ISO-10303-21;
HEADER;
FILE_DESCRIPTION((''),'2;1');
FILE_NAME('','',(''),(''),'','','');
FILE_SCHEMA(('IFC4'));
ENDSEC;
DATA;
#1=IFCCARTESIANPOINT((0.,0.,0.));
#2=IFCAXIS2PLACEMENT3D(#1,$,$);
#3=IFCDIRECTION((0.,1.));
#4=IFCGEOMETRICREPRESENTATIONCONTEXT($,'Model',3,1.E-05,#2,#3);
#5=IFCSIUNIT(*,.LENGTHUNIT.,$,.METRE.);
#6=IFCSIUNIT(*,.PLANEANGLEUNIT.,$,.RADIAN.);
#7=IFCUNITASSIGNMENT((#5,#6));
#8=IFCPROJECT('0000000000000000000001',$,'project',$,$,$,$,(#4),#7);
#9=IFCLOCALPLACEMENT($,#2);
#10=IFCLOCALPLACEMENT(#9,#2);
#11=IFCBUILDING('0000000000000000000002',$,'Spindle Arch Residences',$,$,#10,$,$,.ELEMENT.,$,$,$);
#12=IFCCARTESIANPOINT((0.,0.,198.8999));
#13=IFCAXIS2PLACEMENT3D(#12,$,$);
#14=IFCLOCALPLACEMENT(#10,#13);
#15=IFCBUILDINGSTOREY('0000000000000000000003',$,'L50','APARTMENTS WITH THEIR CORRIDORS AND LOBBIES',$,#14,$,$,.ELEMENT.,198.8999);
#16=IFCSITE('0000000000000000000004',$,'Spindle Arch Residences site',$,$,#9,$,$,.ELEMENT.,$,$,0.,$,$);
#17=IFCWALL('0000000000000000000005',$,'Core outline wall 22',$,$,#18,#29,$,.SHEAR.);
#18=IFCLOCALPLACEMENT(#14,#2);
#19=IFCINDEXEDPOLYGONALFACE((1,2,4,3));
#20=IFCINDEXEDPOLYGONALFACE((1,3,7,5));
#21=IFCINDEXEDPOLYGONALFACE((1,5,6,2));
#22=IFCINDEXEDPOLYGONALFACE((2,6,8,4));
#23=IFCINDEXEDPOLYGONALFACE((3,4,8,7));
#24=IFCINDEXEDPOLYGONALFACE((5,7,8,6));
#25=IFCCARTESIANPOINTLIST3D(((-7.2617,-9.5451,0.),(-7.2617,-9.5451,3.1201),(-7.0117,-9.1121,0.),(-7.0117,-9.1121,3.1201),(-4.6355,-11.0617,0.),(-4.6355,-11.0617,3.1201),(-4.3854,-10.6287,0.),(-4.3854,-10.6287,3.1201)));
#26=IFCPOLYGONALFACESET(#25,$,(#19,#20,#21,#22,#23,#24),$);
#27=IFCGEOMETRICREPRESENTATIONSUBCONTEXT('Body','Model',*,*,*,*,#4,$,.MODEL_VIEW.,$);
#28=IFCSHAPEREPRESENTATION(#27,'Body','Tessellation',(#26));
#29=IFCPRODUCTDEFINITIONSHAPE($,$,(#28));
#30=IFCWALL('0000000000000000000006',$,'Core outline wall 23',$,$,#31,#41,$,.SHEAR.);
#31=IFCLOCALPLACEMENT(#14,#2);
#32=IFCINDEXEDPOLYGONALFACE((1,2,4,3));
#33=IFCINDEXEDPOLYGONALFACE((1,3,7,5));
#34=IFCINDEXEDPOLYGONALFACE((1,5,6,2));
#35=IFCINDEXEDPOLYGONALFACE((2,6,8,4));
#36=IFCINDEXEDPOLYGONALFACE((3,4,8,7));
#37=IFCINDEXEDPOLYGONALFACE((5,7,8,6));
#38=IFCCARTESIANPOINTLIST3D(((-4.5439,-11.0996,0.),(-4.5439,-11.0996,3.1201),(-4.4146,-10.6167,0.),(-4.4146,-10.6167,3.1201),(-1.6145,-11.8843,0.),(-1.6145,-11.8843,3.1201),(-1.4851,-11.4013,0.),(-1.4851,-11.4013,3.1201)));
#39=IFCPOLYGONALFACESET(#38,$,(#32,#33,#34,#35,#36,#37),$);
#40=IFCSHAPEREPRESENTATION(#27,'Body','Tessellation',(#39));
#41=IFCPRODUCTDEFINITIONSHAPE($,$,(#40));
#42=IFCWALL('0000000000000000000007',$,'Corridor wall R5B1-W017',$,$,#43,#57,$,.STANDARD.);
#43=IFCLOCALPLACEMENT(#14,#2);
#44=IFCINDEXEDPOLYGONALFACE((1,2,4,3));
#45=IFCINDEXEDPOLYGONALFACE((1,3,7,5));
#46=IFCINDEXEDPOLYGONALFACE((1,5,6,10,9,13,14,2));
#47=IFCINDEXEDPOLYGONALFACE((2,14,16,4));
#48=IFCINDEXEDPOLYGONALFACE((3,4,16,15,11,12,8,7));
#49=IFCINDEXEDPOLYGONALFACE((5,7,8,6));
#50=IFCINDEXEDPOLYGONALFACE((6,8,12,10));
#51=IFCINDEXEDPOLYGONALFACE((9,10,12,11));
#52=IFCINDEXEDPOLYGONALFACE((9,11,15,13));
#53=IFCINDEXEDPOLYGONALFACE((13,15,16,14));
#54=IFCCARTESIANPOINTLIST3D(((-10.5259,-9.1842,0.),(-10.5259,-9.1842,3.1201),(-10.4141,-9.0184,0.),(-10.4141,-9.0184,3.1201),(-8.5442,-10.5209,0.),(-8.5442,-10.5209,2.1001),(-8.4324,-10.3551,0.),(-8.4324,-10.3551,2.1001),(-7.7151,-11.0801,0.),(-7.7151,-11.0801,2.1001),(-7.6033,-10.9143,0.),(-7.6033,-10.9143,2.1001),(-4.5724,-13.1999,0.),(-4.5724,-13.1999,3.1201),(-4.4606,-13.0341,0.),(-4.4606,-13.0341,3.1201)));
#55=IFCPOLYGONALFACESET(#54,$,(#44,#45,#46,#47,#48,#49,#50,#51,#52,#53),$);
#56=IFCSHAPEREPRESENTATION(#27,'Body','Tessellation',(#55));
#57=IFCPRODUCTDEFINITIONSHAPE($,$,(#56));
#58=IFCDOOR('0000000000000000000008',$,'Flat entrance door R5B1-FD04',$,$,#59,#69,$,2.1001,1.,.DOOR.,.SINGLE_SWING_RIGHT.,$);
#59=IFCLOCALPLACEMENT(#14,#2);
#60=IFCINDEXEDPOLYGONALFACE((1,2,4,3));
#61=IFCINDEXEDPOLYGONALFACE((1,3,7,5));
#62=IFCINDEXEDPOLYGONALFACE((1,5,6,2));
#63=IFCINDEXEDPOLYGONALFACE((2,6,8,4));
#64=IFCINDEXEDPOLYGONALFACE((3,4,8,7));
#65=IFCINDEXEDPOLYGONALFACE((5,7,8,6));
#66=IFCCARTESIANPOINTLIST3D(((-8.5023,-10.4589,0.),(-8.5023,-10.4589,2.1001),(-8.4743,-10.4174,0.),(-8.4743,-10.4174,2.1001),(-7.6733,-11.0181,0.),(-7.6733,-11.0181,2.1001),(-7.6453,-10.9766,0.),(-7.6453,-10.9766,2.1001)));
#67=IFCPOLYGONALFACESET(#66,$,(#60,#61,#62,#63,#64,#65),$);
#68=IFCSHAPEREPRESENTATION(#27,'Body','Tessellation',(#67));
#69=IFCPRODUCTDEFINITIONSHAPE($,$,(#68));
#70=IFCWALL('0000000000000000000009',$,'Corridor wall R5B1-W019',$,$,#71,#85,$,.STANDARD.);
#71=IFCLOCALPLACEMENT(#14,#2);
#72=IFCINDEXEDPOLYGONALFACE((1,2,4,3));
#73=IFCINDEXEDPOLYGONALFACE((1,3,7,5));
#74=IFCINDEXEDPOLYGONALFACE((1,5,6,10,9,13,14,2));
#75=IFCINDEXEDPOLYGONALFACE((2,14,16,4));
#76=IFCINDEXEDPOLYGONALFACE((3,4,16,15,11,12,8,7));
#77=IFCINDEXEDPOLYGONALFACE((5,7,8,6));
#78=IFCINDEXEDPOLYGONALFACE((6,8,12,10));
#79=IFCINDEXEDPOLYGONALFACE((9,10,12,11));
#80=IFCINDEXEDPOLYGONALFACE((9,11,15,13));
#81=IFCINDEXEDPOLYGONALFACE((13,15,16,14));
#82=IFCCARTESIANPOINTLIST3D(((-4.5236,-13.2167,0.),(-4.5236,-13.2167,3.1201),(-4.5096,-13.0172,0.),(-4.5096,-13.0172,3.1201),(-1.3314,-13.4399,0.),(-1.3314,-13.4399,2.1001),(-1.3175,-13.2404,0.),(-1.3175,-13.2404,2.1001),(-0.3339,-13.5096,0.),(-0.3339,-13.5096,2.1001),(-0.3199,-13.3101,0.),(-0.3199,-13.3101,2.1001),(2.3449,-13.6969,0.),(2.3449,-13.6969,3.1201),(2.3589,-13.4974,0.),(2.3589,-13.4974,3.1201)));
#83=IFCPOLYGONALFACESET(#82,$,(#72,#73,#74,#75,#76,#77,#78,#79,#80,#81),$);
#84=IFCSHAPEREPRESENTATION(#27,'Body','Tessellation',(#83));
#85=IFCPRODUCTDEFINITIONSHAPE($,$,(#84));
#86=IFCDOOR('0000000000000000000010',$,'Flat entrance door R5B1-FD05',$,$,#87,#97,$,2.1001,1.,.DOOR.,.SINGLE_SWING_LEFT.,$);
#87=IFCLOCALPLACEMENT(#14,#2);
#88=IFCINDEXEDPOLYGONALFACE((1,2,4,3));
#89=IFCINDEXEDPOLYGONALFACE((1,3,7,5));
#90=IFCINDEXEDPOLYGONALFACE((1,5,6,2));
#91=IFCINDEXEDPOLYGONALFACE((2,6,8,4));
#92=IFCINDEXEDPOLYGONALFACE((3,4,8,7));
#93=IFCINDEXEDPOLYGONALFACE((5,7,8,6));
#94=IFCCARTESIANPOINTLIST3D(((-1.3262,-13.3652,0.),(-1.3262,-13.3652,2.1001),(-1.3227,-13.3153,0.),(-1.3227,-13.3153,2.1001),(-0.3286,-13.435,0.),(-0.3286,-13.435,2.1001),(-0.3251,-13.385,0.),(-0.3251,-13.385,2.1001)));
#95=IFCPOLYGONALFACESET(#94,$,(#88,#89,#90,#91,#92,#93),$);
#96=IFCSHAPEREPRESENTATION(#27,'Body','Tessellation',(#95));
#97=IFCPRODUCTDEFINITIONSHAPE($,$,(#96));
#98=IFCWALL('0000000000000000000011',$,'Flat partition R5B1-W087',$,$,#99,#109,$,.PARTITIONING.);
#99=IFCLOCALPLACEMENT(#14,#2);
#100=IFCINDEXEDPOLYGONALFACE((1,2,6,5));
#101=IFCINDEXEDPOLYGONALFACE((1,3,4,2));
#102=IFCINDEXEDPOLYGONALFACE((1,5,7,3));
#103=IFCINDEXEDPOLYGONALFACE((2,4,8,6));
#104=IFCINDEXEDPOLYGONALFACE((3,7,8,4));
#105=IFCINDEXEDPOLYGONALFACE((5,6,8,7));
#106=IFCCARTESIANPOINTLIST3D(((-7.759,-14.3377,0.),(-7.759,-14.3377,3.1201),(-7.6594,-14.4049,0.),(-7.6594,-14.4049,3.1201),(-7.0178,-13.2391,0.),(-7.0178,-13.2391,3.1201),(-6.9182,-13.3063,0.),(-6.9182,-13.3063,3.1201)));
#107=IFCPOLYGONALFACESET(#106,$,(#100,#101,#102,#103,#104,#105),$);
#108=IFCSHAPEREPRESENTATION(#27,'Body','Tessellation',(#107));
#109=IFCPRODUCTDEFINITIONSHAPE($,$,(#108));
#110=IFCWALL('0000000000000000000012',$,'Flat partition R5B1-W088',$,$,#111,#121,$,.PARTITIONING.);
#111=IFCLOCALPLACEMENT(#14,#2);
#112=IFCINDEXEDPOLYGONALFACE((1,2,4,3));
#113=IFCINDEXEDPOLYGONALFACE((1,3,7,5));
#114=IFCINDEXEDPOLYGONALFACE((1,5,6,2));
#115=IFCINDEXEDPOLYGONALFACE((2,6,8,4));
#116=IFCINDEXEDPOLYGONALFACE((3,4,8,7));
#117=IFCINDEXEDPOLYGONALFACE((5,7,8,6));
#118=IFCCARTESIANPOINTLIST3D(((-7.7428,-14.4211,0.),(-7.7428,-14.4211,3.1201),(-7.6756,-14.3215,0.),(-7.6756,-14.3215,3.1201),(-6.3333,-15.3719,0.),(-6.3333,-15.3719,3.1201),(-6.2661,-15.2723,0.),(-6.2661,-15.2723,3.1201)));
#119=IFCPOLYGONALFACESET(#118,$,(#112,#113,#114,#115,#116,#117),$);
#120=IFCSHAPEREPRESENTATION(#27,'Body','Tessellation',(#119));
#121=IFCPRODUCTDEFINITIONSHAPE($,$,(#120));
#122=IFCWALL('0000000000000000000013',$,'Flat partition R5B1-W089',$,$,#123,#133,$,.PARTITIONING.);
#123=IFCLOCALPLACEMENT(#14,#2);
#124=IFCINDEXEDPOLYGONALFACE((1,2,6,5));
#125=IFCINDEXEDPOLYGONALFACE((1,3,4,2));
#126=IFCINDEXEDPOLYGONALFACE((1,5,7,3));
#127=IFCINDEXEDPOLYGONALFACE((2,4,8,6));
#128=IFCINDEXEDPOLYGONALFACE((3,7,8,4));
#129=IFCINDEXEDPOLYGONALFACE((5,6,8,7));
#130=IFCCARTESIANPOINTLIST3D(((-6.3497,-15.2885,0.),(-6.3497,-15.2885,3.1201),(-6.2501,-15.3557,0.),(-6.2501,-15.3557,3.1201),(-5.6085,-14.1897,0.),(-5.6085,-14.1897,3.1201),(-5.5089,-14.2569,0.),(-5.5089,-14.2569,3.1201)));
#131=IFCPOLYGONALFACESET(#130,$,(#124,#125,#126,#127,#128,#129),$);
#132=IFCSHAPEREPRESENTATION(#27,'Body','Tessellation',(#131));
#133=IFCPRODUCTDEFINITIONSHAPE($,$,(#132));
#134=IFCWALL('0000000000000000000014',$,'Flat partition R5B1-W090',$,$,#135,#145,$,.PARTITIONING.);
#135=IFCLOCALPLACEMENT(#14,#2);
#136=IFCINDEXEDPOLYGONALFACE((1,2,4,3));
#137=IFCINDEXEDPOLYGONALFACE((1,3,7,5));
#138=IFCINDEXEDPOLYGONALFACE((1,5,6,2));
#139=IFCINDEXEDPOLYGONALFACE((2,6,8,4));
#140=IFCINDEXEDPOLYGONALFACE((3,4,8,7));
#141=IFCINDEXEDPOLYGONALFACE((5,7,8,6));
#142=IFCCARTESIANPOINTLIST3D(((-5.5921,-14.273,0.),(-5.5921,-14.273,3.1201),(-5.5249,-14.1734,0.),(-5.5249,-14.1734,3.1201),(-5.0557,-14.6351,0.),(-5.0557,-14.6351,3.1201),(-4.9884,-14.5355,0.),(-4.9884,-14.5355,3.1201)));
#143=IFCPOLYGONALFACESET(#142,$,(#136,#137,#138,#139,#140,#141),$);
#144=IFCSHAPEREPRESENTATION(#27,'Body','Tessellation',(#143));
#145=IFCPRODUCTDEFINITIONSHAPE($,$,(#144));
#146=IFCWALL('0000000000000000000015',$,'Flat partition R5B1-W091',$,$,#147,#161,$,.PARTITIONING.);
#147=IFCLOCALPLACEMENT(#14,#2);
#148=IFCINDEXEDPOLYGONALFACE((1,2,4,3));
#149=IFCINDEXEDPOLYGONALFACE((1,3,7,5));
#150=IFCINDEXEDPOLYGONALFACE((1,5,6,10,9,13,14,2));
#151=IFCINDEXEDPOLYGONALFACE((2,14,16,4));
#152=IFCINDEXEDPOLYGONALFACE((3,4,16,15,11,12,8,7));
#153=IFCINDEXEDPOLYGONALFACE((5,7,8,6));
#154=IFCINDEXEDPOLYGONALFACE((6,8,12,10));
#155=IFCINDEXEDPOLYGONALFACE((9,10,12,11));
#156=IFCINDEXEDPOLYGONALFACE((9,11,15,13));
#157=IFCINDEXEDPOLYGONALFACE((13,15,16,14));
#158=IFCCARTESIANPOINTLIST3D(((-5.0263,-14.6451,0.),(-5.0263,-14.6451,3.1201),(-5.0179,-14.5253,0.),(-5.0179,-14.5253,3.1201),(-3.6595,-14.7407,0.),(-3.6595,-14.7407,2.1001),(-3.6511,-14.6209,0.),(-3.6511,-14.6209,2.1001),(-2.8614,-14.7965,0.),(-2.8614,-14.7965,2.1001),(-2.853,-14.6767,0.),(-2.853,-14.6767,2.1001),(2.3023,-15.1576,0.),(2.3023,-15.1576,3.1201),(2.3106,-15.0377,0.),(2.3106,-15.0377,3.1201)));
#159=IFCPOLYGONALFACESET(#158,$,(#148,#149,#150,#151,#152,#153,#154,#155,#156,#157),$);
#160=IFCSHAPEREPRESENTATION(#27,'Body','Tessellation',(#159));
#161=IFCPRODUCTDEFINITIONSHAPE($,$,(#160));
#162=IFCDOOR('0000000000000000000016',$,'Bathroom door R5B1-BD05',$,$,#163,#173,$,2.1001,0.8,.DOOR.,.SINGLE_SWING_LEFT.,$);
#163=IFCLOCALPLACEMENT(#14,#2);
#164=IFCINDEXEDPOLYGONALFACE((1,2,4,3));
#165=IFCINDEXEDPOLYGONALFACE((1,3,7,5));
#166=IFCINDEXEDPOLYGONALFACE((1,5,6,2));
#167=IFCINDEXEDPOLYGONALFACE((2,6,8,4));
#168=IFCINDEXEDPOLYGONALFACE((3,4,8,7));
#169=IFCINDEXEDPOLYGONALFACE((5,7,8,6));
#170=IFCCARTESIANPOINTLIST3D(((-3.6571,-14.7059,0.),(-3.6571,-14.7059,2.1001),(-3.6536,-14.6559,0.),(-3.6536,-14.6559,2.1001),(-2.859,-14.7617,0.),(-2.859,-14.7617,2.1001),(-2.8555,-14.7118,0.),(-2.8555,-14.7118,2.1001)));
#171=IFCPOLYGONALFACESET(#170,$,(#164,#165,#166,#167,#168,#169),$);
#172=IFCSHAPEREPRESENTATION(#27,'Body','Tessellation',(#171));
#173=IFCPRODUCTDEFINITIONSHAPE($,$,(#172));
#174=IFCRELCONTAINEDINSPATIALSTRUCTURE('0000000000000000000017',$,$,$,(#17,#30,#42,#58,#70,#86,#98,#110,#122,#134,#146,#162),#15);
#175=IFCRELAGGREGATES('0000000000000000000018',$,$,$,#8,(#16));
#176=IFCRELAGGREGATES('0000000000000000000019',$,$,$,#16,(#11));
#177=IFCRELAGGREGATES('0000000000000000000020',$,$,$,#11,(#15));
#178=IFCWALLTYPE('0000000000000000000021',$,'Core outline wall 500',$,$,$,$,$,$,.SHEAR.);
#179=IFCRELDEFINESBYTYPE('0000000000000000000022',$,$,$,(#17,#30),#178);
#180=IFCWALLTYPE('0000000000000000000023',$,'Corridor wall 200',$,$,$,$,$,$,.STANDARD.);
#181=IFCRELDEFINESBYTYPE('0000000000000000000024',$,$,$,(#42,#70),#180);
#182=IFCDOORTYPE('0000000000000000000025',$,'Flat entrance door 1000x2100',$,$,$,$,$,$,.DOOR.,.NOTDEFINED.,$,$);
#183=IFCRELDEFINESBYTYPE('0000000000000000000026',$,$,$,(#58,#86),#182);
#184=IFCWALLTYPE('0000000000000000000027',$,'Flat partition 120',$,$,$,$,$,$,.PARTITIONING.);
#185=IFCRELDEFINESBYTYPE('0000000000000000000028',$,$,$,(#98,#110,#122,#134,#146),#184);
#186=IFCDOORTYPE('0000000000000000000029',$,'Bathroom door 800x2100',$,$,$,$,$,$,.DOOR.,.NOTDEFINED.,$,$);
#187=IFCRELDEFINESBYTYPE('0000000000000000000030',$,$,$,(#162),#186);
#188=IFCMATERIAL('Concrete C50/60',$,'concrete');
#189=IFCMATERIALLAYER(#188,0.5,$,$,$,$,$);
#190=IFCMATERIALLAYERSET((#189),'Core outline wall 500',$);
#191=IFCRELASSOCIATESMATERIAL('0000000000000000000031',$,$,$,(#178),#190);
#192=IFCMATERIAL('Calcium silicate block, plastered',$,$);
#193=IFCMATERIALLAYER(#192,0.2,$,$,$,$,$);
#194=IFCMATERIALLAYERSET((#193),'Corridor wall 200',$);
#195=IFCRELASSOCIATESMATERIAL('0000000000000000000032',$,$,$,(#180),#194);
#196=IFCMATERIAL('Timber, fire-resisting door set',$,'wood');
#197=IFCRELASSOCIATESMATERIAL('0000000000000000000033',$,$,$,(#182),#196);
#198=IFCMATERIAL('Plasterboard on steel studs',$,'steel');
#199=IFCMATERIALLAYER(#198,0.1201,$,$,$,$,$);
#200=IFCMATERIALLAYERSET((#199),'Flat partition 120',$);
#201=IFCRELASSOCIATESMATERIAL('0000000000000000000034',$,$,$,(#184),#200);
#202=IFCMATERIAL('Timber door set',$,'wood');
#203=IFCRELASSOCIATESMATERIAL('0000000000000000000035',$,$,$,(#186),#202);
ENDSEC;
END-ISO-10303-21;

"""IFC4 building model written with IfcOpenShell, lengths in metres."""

from ifc_helpers import new_model, si_unit, direction, frame, frame_2d, origin, place, context, subcontext, project, spatial, rectangle, extrude, material, layer, layer_set, type_object, element, fill, save


model = new_model("IFC4")

# Units and contexts
model_context = context("Model", 3, precision=1e-05, world=origin(), true_north=direction((0.0, 1.0)))
body_context = subcontext(model_context, "Body", "Model", "MODEL_VIEW")
ifc_project = project(units=[si_unit("LENGTHUNIT", "METRE"), si_unit("PLANEANGLEUNIT", "RADIAN")], contexts=[model_context])

# Site, building, storey
site_placement = place(None, origin())
site = spatial("IfcSite", under=ifc_project, at=site_placement, Name="Spindle Arch Residences site", CompositionType="ELEMENT", RefElevation=0.0)
building_placement = place(site_placement, origin())
building = spatial("IfcBuilding", under=site, at=building_placement, Name="Spindle Arch Residences", CompositionType="ELEMENT")
storey_placement = place(building_placement, frame((0.0, 0.0, 198.8999)))
storey = spatial("IfcBuildingStorey", under=building, at=storey_placement, Name="L50", Description="APARTMENTS WITH THEIR CORRIDORS AND LOBBIES", CompositionType="ELEMENT", Elevation=198.8999)

# Walls
ifc_material_1 = material(Name="Concrete C50/60", Category="concrete")
ifc_layer_1 = layer(ifc_material_1, 0.5)
ifc_layer_set_1 = layer_set([ifc_layer_1], Name="Core outline wall 500")
wall_type_1 = type_object("IfcWallType", Name="Core outline wall 500", PredefinedType="SHEAR", material=ifc_layer_set_1)
for number, where, z_axis, x_axis, name in (
    (1, (-7.1367, -9.3286, 0.0), (0.0, 0.0, 1.0), (0.865975, -0.500087, 0.0), "Core outline wall 22"),
    (2, (-4.4792, -10.8582, 0.0), (0.0, 0.0, 1.0), (0.965948, -0.258735, 0.0), "Core outline wall 23"),
):
    element("IfcWall", number, at=place(storey_placement, frame(where, z_axis=z_axis, x_axis=x_axis)), inside=storey, type_object=wall_type_1, Name=name, PredefinedType="SHEAR", context=body_context, shape_type="SweptSolid", body=[
        extrude(rectangle(XDim=3.0327, YDim=0.5, at=frame_2d((1.5164, 0.0))), origin(), (0.0, 0.0, 1.0), 3.1201),
    ])

# Walls, openings, doors
ifc_material_2 = material(Name="Calcium silicate block, plastered")
ifc_layer_2 = layer(ifc_material_2, 0.2)
ifc_layer_set_2 = layer_set([ifc_layer_2], Name="Corridor wall 200")
wall_type_2 = type_object("IfcWallType", Name="Corridor wall 200", PredefinedType="STANDARD", material=ifc_layer_set_2)
wall_1_placement = place(storey_placement, frame((-10.47, -9.1013, 0.0), z_axis=(0.0, 0.0, 1.0), x_axis=(0.829036, -0.559195, 0.0)))
wall_1 = element("IfcWall", 3, at=wall_1_placement, inside=storey, type_object=wall_type_2, Name="Corridor wall R5B1-W017", PredefinedType="STANDARD", context=body_context, shape_type="SweptSolid", body=[
    extrude(rectangle(XDim=7.1812, YDim=0.2, at=frame_2d((3.5906, 0.0))), origin(), (0.0, 0.0, 1.0), 3.1201),
])
opening_1_placement = place(wall_1_placement, frame((2.3904, 0.0, 0.0)))
opening_1 = element("IfcOpeningElement", 4, at=opening_1_placement, cuts=wall_1, PredefinedType="OPENING", context=body_context, shape_type="SweptSolid", body=[
    extrude(rectangle(XDim=1.0, YDim=2.1001, at=frame_2d((0.5, 1.05))), frame((0.0, 0.1099, 0.0), z_axis=(0.0, -1.0, 0.0), x_axis=(1.0, 0.0, 0.0)), (0.0, 0.0, 1.0), 0.22),
])
ifc_material_3 = material(Name="Timber, fire-resisting door set", Category="wood")
door_type_1 = type_object("IfcDoorType", Name="Flat entrance door 1000x2100", OperationType="NOTDEFINED", PredefinedType="DOOR", material=ifc_material_3)
door_1_placement = place(opening_1_placement, origin())
door_1 = element("IfcDoor", 5, at=door_1_placement, inside=storey, type_object=door_type_1, Name="Flat entrance door R5B1-FD04", OperationType="SINGLE_SWING_RIGHT", OverallHeight=2.1001, OverallWidth=1.0, PredefinedType="DOOR", context=body_context, shape_type="SweptSolid", body=[
    extrude(rectangle(XDim=1.0, YDim=2.1001, at=frame_2d((0.5, 1.05))), frame((0.0, 0.0249, 0.0), z_axis=(0.0, -1.0, 0.0), x_axis=(1.0, 0.0, 0.0)), (0.0, 0.0, 1.0), 0.05),
])
fill(opening_1, door_1)
wall_2_placement = place(storey_placement, frame((-4.5166, -13.1169, 0.0), z_axis=(0.0, 0.0, 1.0), x_axis=(0.997565, -0.069748, 0.0)))
wall_2 = element("IfcWall", 6, at=wall_2_placement, inside=storey, type_object=wall_type_2, Name="Corridor wall R5B1-W019", PredefinedType="STANDARD", context=body_context, shape_type="SweptSolid", body=[
    extrude(rectangle(XDim=6.8853, YDim=0.2, at=frame_2d((3.4426, 0.0))), origin(), (0.0, 0.0, 1.0), 3.1201),
])
opening_2_placement = place(wall_2_placement, frame((3.2, 0.0, 0.0)))
opening_2 = element("IfcOpeningElement", 7, at=opening_2_placement, cuts=wall_2, PredefinedType="OPENING", context=body_context, shape_type="SweptSolid", body=[
    extrude(rectangle(XDim=1.0, YDim=2.1001, at=frame_2d((0.5, 1.05))), frame((0.0, 0.1099, 0.0), z_axis=(0.0, -1.0, 0.0), x_axis=(1.0, 0.0, 0.0)), (0.0, 0.0, 1.0), 0.22),
])
door_2_placement = place(opening_2_placement, origin())
door_2 = element("IfcDoor", 8, at=door_2_placement, inside=storey, type_object=door_type_1, Name="Flat entrance door R5B1-FD05", OperationType="SINGLE_SWING_LEFT", OverallHeight=2.1001, OverallWidth=1.0, PredefinedType="DOOR", context=body_context, shape_type="SweptSolid", body=[
    extrude(rectangle(XDim=1.0, YDim=2.1001, at=frame_2d((0.5, 1.05))), frame((0.0, 0.0249, 0.0), z_axis=(0.0, -1.0, 0.0), x_axis=(1.0, 0.0, 0.0)), (0.0, 0.0, 1.0), 0.05),
])
fill(opening_2, door_2)

# Walls
ifc_material_4 = material(Name="Plasterboard on steel studs", Category="steel")
ifc_layer_3 = layer(ifc_material_4, 0.1201)
ifc_layer_set_3 = layer_set([ifc_layer_3], Name="Flat partition 120")
wall_type_3 = type_object("IfcWallType", Name="Flat partition 120", PredefinedType="PARTITIONING", material=ifc_layer_set_3)
wall_3_placement = place(storey_placement, frame((-6.968, -13.2727, 0.0), z_axis=(0.0, 0.0, 1.0), x_axis=(-0.559283, -0.828977, 0.0)))
element("IfcWall", 9, at=wall_3_placement, inside=storey, type_object=wall_type_3, Name="Flat partition R5B1-W087", PredefinedType="PARTITIONING", context=body_context, shape_type="SweptSolid", body=[
    extrude(rectangle(XDim=1.3252, YDim=0.1201, at=frame_2d((0.6626, 0.0))), origin(), (0.0, 0.0, 1.0), 3.1201),
])
wall_4_placement = place(storey_placement, frame((-7.7092, -14.3713, 0.0), z_axis=(0.0, 0.0, 1.0), x_axis=(0.829033, -0.559199, 0.0)))
element("IfcWall", 10, at=wall_4_placement, inside=storey, type_object=wall_type_3, Name="Flat partition R5B1-W088", PredefinedType="PARTITIONING", context=body_context, shape_type="SweptSolid", body=[
    extrude(rectangle(XDim=1.7002, YDim=0.1201, at=frame_2d((0.8501, 0.0))), origin(), (0.0, 0.0, 1.0), 3.1201),
])
wall_5_placement = place(storey_placement, frame((-6.2998, -15.322, 0.0), z_axis=(0.0, 0.0, 1.0), x_axis=(0.559198, 0.829034, 0.0)))
element("IfcWall", 11, at=wall_5_placement, inside=storey, type_object=wall_type_3, Name="Flat partition R5B1-W089", PredefinedType="PARTITIONING", context=body_context, shape_type="SweptSolid", body=[
    extrude(rectangle(XDim=1.3254, YDim=0.1201, at=frame_2d((0.6626, 0.0))), origin(), (0.0, 0.0, 1.0), 3.1201),
])
wall_6_placement = place(storey_placement, frame((-5.5586, -14.2231, 0.0), z_axis=(0.0, 0.0, 1.0), x_axis=(0.828844, -0.559479, 0.0)))
element("IfcWall", 12, at=wall_6_placement, inside=storey, type_object=wall_type_3, Name="Flat partition R5B1-W090", PredefinedType="PARTITIONING", context=body_context, shape_type="SweptSolid", body=[
    extrude(rectangle(XDim=0.6472, YDim=0.1201, at=frame_2d((0.3237, 0.0))), origin(), (0.0, 0.0, 1.0), 3.1201),
])

# Wall, opening, door
wall_7_placement = place(storey_placement, frame((-5.0222, -14.5852, 0.0), z_axis=(0.0, 0.0, 1.0), x_axis=(0.997564, -0.069754, 0.0)))
wall_7 = element("IfcWall", 13, at=wall_7_placement, inside=storey, type_object=wall_type_3, Name="Flat partition R5B1-W091", PredefinedType="PARTITIONING", context=body_context, shape_type="SweptSolid", body=[
    extrude(rectangle(XDim=7.3464, YDim=0.1201, at=frame_2d((3.6733, 0.0))), origin(), (0.0, 0.0, 1.0), 3.1201),
])
opening_3_placement = place(wall_7_placement, frame((1.3704, 0.0, 0.0)))
opening_3 = element("IfcOpeningElement", 14, at=opening_3_placement, cuts=wall_7, PredefinedType="OPENING", context=body_context, shape_type="SweptSolid", body=[
    extrude(rectangle(XDim=0.8, YDim=2.1001, at=frame_2d((0.3999, 1.05))), frame((0.0, 0.0701, 0.0), z_axis=(0.0, -1.0, 0.0), x_axis=(1.0, 0.0, 0.0)), (0.0, 0.0, 1.0), 0.1401),
])
ifc_material_5 = material(Name="Timber door set", Category="wood")
door_type_2 = type_object("IfcDoorType", Name="Bathroom door 800x2100", OperationType="NOTDEFINED", PredefinedType="DOOR", material=ifc_material_5)
door_3_placement = place(opening_3_placement, origin())
door_3 = element("IfcDoor", 15, at=door_3_placement, inside=storey, type_object=door_type_2, Name="Bathroom door R5B1-BD05", OperationType="SINGLE_SWING_LEFT", OverallHeight=2.1001, OverallWidth=0.8, PredefinedType="DOOR", context=body_context, shape_type="SweptSolid", body=[
    extrude(rectangle(XDim=0.8, YDim=2.1001, at=frame_2d((0.3999, 1.05))), frame((0.0, 0.0249, 0.0), z_axis=(0.0, -1.0, 0.0), x_axis=(1.0, 0.0, 0.0)), (0.0, 0.0, 1.0), 0.05),
])
fill(opening_3, door_3)

save(model, "model.ifc")
